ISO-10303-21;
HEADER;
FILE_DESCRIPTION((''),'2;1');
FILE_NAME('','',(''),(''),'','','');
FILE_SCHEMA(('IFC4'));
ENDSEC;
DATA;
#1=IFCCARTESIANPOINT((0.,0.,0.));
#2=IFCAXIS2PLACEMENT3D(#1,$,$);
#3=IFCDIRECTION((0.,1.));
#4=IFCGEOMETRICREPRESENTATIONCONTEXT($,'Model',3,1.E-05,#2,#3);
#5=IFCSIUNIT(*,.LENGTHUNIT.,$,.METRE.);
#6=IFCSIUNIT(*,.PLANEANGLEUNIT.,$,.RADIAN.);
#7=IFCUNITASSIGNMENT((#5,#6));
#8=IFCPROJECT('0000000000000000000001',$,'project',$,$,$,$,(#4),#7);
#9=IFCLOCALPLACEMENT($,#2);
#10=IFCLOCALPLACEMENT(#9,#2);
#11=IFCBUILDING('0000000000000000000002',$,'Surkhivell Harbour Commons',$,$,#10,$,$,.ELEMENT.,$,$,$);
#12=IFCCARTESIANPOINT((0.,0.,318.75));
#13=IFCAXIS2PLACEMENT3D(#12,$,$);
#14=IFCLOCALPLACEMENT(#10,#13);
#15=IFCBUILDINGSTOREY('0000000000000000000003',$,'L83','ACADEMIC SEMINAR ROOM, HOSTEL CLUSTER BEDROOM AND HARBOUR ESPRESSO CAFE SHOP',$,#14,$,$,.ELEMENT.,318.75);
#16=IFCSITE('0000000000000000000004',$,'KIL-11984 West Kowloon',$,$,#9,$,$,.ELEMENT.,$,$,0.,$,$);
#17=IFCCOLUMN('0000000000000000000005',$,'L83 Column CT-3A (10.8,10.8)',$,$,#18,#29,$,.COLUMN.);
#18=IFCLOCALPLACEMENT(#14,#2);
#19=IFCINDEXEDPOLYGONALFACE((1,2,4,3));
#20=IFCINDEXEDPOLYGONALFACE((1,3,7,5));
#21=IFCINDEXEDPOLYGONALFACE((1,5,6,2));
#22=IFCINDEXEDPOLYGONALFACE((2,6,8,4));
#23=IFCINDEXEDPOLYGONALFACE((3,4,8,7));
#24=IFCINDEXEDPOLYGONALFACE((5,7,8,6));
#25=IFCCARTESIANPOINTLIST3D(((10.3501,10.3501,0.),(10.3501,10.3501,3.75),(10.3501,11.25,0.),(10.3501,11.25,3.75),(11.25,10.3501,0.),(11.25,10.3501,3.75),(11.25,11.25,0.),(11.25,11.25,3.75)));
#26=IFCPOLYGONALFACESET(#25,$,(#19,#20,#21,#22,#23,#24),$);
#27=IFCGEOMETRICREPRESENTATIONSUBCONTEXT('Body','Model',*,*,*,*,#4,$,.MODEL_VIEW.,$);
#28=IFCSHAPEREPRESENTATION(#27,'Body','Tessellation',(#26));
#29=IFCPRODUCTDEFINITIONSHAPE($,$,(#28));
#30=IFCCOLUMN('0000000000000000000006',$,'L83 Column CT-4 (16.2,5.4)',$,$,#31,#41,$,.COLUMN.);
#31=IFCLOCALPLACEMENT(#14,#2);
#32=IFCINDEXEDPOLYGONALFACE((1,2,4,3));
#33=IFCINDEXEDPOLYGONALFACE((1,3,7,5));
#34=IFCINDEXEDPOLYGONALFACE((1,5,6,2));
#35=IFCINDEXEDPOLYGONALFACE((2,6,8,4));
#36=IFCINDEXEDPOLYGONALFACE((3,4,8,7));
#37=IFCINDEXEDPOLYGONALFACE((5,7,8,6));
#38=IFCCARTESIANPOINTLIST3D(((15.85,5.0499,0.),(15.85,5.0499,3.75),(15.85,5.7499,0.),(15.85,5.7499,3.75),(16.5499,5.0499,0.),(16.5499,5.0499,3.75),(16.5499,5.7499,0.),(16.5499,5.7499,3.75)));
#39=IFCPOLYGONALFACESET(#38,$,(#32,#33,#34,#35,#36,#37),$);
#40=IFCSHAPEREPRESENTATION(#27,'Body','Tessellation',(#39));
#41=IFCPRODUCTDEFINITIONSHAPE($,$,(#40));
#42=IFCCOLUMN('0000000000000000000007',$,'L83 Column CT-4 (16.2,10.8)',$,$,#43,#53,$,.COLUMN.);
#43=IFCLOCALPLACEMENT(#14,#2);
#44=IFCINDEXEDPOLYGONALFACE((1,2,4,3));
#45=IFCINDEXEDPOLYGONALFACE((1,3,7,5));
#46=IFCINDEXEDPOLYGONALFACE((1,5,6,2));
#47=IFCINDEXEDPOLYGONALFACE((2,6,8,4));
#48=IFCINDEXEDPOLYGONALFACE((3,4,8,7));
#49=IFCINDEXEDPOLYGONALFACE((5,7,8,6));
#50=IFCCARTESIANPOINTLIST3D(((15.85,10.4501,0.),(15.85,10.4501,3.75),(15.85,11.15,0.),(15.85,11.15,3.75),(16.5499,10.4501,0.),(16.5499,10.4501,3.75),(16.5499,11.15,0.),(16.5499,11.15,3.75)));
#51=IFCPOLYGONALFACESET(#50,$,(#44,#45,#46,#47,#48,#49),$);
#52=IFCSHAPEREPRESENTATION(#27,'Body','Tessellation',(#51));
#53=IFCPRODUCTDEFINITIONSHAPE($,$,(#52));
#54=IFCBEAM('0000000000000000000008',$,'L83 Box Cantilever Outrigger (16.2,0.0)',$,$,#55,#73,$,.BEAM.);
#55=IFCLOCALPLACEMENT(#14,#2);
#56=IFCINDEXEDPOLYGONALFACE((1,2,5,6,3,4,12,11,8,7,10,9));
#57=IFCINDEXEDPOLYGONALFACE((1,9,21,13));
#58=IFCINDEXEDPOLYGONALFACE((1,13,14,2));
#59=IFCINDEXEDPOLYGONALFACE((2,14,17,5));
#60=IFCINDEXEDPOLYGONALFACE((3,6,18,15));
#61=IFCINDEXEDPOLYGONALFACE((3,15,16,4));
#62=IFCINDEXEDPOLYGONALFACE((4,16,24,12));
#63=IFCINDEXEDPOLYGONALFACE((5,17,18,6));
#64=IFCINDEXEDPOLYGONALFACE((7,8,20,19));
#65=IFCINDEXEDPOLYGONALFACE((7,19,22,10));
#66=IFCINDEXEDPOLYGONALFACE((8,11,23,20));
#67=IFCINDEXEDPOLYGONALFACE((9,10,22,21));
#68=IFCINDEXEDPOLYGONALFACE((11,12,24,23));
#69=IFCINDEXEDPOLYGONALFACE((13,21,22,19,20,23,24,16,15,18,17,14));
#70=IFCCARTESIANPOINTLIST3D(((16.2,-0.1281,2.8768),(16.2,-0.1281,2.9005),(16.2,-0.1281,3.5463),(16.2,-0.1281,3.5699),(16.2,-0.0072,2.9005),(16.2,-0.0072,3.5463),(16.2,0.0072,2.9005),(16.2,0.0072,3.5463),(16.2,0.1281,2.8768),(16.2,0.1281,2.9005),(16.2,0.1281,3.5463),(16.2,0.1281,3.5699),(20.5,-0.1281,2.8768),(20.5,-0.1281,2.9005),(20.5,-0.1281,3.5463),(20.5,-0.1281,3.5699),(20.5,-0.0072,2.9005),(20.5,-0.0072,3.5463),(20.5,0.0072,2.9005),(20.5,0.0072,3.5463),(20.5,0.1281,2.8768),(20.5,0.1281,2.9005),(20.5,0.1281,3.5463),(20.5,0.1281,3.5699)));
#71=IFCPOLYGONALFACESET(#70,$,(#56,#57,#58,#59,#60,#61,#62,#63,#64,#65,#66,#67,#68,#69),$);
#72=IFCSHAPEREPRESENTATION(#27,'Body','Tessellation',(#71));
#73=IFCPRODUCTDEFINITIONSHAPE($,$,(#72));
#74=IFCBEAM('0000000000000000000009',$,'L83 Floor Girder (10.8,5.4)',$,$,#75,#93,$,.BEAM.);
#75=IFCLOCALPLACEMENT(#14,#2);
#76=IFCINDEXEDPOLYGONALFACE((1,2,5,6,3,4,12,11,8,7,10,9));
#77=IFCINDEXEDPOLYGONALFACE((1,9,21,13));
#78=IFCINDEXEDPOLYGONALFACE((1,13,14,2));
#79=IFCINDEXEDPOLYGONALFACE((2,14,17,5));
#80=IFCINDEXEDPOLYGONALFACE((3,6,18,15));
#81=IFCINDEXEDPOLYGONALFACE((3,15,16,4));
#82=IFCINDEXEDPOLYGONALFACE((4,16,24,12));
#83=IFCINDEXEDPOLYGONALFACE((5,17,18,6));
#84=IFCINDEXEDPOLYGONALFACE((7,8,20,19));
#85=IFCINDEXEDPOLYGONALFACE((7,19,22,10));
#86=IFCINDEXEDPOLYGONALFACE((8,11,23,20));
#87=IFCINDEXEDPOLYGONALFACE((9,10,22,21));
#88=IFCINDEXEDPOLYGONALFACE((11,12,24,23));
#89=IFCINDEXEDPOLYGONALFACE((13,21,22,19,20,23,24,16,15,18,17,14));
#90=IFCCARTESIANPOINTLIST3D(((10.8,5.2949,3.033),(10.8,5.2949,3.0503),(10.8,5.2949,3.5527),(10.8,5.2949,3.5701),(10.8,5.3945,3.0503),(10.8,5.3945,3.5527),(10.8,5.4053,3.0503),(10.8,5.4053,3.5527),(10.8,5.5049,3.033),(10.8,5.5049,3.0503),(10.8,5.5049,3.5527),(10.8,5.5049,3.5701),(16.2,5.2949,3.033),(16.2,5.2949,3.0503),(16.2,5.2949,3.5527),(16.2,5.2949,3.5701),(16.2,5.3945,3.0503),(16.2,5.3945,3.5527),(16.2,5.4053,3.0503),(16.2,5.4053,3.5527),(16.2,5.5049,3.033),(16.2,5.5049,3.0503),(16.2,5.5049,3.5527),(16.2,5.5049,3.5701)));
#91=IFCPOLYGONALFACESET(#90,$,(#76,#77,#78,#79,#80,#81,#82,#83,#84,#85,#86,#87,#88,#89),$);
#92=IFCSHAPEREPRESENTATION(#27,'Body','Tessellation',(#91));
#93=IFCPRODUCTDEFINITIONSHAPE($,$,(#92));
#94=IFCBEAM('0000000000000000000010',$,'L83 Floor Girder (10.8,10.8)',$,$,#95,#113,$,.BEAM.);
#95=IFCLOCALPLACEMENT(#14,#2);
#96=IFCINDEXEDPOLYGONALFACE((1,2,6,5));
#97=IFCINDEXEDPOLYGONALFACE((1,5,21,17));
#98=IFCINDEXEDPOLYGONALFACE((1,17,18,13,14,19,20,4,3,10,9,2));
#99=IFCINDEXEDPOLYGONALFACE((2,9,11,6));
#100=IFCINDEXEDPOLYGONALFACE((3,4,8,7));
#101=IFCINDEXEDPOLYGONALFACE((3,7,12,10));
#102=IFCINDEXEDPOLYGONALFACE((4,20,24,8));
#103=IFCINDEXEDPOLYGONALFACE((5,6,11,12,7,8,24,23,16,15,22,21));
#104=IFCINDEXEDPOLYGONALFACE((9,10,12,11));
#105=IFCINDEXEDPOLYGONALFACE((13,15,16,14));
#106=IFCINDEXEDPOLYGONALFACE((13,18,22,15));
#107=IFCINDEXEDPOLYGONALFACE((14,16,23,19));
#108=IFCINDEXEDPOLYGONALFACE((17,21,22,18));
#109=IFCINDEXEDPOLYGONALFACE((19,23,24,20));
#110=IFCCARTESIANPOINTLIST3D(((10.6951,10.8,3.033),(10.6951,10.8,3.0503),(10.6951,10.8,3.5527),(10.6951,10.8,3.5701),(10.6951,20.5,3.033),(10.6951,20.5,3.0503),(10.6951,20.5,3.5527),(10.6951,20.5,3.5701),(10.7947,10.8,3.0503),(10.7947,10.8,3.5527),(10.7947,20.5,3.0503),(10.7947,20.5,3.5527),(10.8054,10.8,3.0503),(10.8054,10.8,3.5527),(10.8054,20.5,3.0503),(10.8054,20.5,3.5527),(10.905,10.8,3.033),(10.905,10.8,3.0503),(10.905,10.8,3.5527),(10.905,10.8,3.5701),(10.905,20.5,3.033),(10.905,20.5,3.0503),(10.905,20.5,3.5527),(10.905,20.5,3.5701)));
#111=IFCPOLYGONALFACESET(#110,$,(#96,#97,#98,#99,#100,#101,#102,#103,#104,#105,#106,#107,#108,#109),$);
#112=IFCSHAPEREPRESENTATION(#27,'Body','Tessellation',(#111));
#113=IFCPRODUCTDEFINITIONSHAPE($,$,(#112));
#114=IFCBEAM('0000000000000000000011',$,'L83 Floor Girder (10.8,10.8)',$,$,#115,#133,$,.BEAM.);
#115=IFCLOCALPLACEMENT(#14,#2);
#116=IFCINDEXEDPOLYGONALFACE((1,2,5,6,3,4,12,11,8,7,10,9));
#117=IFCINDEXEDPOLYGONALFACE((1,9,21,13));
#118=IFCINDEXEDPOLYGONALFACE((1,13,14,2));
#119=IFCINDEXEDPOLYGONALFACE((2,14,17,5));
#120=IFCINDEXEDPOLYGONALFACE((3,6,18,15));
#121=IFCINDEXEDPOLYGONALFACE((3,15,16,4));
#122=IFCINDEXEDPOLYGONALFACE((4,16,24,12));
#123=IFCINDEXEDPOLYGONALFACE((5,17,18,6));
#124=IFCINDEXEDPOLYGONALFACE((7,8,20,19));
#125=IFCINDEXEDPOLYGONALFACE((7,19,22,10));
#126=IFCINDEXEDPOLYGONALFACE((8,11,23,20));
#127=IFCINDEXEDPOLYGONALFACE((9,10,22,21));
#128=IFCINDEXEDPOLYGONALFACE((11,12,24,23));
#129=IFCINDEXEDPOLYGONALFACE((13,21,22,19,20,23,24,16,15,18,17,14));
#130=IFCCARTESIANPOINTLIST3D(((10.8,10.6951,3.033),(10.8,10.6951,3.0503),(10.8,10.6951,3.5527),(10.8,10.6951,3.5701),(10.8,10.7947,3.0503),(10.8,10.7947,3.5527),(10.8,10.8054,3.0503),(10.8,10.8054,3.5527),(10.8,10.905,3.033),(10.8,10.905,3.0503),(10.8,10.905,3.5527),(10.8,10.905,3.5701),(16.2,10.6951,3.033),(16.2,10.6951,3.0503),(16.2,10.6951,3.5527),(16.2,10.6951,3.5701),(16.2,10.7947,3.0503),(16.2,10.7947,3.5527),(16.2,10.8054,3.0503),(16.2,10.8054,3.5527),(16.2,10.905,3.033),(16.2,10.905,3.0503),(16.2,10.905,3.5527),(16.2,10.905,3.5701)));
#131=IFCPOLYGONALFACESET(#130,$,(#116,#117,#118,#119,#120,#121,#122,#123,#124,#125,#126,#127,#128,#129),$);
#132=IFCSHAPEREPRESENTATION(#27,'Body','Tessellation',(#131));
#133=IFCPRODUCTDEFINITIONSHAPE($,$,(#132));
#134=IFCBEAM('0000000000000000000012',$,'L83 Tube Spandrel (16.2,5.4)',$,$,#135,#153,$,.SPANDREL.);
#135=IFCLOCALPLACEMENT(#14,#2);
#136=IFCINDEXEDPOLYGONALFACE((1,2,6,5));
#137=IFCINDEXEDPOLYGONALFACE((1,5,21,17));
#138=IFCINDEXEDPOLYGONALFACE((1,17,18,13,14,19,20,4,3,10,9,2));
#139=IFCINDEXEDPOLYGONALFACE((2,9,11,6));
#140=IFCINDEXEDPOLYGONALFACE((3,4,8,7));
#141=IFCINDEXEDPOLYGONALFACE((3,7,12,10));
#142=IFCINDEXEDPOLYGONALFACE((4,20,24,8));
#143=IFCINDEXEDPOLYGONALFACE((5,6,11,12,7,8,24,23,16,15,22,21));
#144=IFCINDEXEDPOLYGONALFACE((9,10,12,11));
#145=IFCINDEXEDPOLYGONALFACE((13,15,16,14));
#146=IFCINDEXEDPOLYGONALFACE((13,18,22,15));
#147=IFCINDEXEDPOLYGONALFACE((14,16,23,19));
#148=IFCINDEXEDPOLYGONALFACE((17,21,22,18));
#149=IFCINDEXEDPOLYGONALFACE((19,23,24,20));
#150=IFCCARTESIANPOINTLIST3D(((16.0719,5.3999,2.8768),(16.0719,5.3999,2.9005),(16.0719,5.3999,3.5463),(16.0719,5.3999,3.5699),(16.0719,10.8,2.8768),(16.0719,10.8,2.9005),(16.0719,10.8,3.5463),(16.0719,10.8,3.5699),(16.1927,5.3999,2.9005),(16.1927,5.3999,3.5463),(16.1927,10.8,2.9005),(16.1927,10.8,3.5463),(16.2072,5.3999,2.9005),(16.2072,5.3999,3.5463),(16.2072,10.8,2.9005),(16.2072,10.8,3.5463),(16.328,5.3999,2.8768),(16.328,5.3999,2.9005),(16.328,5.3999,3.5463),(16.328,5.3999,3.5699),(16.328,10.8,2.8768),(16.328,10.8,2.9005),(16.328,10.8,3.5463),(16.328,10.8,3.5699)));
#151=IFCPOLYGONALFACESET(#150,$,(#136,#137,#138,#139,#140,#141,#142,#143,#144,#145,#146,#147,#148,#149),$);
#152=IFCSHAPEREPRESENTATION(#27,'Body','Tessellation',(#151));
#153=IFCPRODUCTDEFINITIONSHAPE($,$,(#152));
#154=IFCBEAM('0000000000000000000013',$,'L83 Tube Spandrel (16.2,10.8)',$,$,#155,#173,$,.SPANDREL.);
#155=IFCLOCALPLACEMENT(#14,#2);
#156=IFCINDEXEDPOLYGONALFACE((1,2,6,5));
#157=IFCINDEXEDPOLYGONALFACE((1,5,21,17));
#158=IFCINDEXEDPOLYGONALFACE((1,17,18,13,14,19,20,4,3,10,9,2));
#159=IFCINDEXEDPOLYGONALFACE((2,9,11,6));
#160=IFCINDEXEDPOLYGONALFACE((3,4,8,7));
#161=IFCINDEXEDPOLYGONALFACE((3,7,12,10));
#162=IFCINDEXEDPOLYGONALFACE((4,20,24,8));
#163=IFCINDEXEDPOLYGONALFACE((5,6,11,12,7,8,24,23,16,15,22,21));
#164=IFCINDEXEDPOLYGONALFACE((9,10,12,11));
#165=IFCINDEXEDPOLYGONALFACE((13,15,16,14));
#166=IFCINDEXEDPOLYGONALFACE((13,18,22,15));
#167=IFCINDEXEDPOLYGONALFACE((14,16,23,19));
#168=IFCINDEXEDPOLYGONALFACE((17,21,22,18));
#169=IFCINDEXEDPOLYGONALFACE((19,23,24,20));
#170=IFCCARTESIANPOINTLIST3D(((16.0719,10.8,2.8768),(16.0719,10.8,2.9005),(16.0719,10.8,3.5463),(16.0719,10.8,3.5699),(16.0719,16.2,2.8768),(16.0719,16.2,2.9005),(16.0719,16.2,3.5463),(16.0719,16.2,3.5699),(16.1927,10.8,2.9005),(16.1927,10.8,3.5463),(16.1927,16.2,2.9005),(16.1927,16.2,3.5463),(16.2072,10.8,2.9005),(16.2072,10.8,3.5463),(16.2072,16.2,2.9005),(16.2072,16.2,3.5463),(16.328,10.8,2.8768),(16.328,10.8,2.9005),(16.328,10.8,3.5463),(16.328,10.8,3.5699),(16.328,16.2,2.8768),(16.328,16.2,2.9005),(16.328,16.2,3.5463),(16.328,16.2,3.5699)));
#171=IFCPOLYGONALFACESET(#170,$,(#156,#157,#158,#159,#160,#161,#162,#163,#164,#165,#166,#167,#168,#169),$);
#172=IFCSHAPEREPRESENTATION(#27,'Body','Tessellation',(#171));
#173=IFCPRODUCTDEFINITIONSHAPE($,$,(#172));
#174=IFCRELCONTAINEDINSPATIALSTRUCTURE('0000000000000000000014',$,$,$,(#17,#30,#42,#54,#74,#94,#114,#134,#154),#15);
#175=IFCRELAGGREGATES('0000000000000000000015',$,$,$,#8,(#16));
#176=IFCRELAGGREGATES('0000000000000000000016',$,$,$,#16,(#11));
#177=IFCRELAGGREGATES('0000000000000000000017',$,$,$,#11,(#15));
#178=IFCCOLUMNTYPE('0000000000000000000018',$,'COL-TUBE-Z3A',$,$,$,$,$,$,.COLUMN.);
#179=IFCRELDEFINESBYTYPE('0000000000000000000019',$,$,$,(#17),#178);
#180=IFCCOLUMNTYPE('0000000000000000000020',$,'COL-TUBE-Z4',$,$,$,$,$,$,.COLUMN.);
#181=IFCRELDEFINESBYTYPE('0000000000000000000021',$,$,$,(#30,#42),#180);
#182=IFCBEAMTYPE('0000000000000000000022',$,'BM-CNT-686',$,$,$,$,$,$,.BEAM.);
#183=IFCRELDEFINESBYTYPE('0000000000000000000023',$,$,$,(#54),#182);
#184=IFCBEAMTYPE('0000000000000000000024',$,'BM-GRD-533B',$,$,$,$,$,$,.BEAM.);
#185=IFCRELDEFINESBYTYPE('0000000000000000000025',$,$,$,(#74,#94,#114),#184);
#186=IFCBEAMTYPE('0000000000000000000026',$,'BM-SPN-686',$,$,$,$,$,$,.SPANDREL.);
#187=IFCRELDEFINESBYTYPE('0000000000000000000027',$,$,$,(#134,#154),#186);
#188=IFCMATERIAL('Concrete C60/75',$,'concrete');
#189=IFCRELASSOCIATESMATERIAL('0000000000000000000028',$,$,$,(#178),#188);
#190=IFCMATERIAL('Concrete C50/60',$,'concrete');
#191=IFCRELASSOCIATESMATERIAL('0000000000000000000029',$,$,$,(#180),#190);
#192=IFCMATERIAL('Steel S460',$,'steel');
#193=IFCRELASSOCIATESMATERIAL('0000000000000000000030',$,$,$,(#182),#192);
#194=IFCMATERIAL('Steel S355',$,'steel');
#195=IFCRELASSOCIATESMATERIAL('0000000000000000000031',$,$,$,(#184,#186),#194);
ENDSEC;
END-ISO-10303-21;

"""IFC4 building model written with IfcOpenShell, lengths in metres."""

from ifc_helpers import new_model, si_unit, direction, frame, origin, origin_2d, place, context, subcontext, project, spatial, rectangle, i_section, extrude, material, material_profile, profile_set, type_object, element, save


model = new_model("IFC4")

# Units and contexts
model_context = context("Model", 3, precision=1e-05, world=origin(), true_north=direction((0.0, 1.0)))
body_context = subcontext(model_context, "Body", "Model", "MODEL_VIEW")
ifc_project = project(units=[si_unit("LENGTHUNIT", "METRE"), si_unit("PLANEANGLEUNIT", "RADIAN")], contexts=[model_context])

# Site, building, storey
site_placement = place(None, origin())
site = spatial("IfcSite", under=ifc_project, at=site_placement, Name="KIL-11984 West Kowloon", CompositionType="ELEMENT", RefElevation=0.0)
building_placement = place(site_placement, origin())
building = spatial("IfcBuilding", under=site, at=building_placement, Name="Surkhivell Harbour Commons", CompositionType="ELEMENT")
storey_placement = place(building_placement, frame((0.0, 0.0, 318.75)))
storey = spatial("IfcBuildingStorey", under=building, at=storey_placement, Name="L83", Description="ACADEMIC SEMINAR ROOM, HOSTEL CLUSTER BEDROOM AND HARBOUR ESPRESSO CAFE SHOP", CompositionType="ELEMENT", Elevation=318.75)

# Columns
ifc_material_1 = material(Name="Concrete C60/75", Category="concrete")
ifc_material_profile_1 = material_profile(ifc_material_1, rectangle(XDim=0.8999, YDim=0.8999, at=origin_2d()), Name="RC-COL-900x900")
ifc_profile_set_1 = profile_set([ifc_material_profile_1], Name="Concrete C60/75")
column_type_1 = type_object("IfcColumnType", Name="COL-TUBE-Z3A", PredefinedType="COLUMN", material=ifc_profile_set_1)
column_placement = place(storey_placement, frame((10.8, 10.8, 0.0), z_axis=(0.0, 0.0, 1.0), x_axis=(1.0, 0.0, 0.0)))
element("IfcColumn", 1, at=column_placement, inside=storey, type_object=column_type_1, Name="L83 Column CT-3A (10.8,10.8)", PredefinedType="COLUMN", context=body_context, shape_type="SweptSolid", body=[
    extrude(rectangle(XDim=0.8999, YDim=0.8999, at=origin_2d()), origin(), (0.0, 0.0, 1.0), 3.75),
])
ifc_material_2 = material(Name="Concrete C50/60", Category="concrete")
ifc_material_profile_2 = material_profile(ifc_material_2, rectangle(XDim=0.7, YDim=0.7, at=origin_2d()), Name="RC-COL-700x700")
ifc_profile_set_2 = profile_set([ifc_material_profile_2], Name="Concrete C50/60")
column_type_2 = type_object("IfcColumnType", Name="COL-TUBE-Z4", PredefinedType="COLUMN", material=ifc_profile_set_2)
for number, where, z_axis, x_axis, name in (
    (2, (16.2, 5.3999, 0.0), (0.0, 0.0, 1.0), (1.0, 0.0, 0.0), "L83 Column CT-4 (16.2,5.4)"),
    (3, (16.2, 10.8, 0.0), (0.0, 0.0, 1.0), (1.0, 0.0, 0.0), "L83 Column CT-4 (16.2,10.8)"),
):
    element("IfcColumn", number, at=place(storey_placement, frame(where, z_axis=z_axis, x_axis=x_axis)), inside=storey, type_object=column_type_2, Name=name, PredefinedType="COLUMN", context=body_context, shape_type="SweptSolid", body=[
        extrude(rectangle(XDim=0.7, YDim=0.7, at=origin_2d()), origin(), (0.0, 0.0, 1.0), 3.75),
    ])

# Beams
ifc_material_3 = material(Name="Steel S460", Category="steel")
ifc_material_profile_3 = material_profile(ifc_material_3, i_section(OverallWidth=0.2561, OverallDepth=0.6931, WebThickness=0.0144, FlangeThickness=0.0237, at=origin_2d()), Name="UB686x254x170")
ifc_profile_set_3 = profile_set([ifc_material_profile_3], Name="Steel S460")
beam_type_1 = type_object("IfcBeamType", Name="BM-CNT-686", PredefinedType="BEAM", material=ifc_profile_set_3)
beam_1_placement = place(storey_placement, frame((16.2, 0.0, 3.2234), z_axis=(1.0, 0.0, 0.0), x_axis=(0.0, 1.0, 0.0)))
element("IfcBeam", 4, at=beam_1_placement, inside=storey, type_object=beam_type_1, Name="L83 Box Cantilever Outrigger (16.2,0.0)", PredefinedType="BEAM", context=body_context, shape_type="SweptSolid", body=[
    extrude(i_section(OverallWidth=0.2561, OverallDepth=0.6931, WebThickness=0.0144, FlangeThickness=0.0237, at=origin_2d()), origin(), (0.0, 0.0, 1.0), 4.3),
])
ifc_material_4 = material(Name="Steel S355", Category="steel")
ifc_material_profile_4 = material_profile(ifc_material_4, i_section(OverallWidth=0.21, OverallDepth=0.5371, WebThickness=0.0107, FlangeThickness=0.0173, at=origin_2d()), Name="UB533x210x101")
ifc_profile_set_4 = profile_set([ifc_material_profile_4], Name="Steel S355")
beam_type_2 = type_object("IfcBeamType", Name="BM-GRD-533B", PredefinedType="BEAM", material=ifc_profile_set_4)
beam_2_placement = place(storey_placement, frame((10.8, 5.3999, 3.3015), z_axis=(1.0, 0.0, 0.0), x_axis=(0.0, 1.0, 0.0)))
element("IfcBeam", 5, at=beam_2_placement, inside=storey, type_object=beam_type_2, Name="L83 Floor Girder (10.8,5.4)", PredefinedType="BEAM", context=body_context, shape_type="SweptSolid", body=[
    extrude(i_section(OverallWidth=0.21, OverallDepth=0.5371, WebThickness=0.0107, FlangeThickness=0.0173, at=origin_2d()), origin(), (0.0, 0.0, 1.0), 5.3999),
])
beam_3_placement = place(storey_placement, frame((10.8, 10.8, 3.3015), z_axis=(0.0, 1.0, 0.0), x_axis=(-1.0, 0.0, 0.0)))
element("IfcBeam", 6, at=beam_3_placement, inside=storey, type_object=beam_type_2, Name="L83 Floor Girder (10.8,10.8)", PredefinedType="BEAM", context=body_context, shape_type="SweptSolid", body=[
    extrude(i_section(OverallWidth=0.21, OverallDepth=0.5371, WebThickness=0.0107, FlangeThickness=0.0173, at=origin_2d()), origin(), (0.0, 0.0, 1.0), 9.7),
])
beam_4_placement = place(storey_placement, frame((10.8, 10.8, 3.3015), z_axis=(1.0, 0.0, 0.0), x_axis=(0.0, 1.0, 0.0)))
element("IfcBeam", 7, at=beam_4_placement, inside=storey, type_object=beam_type_2, Name="L83 Floor Girder (10.8,10.8)", PredefinedType="BEAM", context=body_context, shape_type="SweptSolid", body=[
    extrude(i_section(OverallWidth=0.21, OverallDepth=0.5371, WebThickness=0.0107, FlangeThickness=0.0173, at=origin_2d()), origin(), (0.0, 0.0, 1.0), 5.3999),
])
ifc_material_profile_5 = material_profile(ifc_material_4, i_section(OverallWidth=0.2561, OverallDepth=0.6931, WebThickness=0.0144, FlangeThickness=0.0237, at=origin_2d()), Name="UB686x254x170")
ifc_profile_set_5 = profile_set([ifc_material_profile_5], Name="Steel S355")
beam_type_3 = type_object("IfcBeamType", Name="BM-SPN-686", PredefinedType="SPANDREL", material=ifc_profile_set_5)
beam_5_placement = place(storey_placement, frame((16.2, 5.3999, 3.2234), z_axis=(0.0, 1.0, 0.0), x_axis=(-1.0, 0.0, 0.0)))
element("IfcBeam", 8, at=beam_5_placement, inside=storey, type_object=beam_type_3, Name="L83 Tube Spandrel (16.2,5.4)", PredefinedType="SPANDREL", context=body_context, shape_type="SweptSolid", body=[
    extrude(i_section(OverallWidth=0.2561, OverallDepth=0.6931, WebThickness=0.0144, FlangeThickness=0.0237, at=origin_2d()), origin(), (0.0, 0.0, 1.0), 5.4001),
])
beam_6_placement = place(storey_placement, frame((16.2, 10.8, 3.2234), z_axis=(0.0, 1.0, 0.0), x_axis=(-1.0, 0.0, 0.0)))
element("IfcBeam", 9, at=beam_6_placement, inside=storey, type_object=beam_type_3, Name="L83 Tube Spandrel (16.2,10.8)", PredefinedType="SPANDREL", context=body_context, shape_type="SweptSolid", body=[
    extrude(i_section(OverallWidth=0.2561, OverallDepth=0.6931, WebThickness=0.0144, FlangeThickness=0.0237, at=origin_2d()), origin(), (0.0, 0.0, 1.0), 5.3999),
])

save(model, "model.ifc")
